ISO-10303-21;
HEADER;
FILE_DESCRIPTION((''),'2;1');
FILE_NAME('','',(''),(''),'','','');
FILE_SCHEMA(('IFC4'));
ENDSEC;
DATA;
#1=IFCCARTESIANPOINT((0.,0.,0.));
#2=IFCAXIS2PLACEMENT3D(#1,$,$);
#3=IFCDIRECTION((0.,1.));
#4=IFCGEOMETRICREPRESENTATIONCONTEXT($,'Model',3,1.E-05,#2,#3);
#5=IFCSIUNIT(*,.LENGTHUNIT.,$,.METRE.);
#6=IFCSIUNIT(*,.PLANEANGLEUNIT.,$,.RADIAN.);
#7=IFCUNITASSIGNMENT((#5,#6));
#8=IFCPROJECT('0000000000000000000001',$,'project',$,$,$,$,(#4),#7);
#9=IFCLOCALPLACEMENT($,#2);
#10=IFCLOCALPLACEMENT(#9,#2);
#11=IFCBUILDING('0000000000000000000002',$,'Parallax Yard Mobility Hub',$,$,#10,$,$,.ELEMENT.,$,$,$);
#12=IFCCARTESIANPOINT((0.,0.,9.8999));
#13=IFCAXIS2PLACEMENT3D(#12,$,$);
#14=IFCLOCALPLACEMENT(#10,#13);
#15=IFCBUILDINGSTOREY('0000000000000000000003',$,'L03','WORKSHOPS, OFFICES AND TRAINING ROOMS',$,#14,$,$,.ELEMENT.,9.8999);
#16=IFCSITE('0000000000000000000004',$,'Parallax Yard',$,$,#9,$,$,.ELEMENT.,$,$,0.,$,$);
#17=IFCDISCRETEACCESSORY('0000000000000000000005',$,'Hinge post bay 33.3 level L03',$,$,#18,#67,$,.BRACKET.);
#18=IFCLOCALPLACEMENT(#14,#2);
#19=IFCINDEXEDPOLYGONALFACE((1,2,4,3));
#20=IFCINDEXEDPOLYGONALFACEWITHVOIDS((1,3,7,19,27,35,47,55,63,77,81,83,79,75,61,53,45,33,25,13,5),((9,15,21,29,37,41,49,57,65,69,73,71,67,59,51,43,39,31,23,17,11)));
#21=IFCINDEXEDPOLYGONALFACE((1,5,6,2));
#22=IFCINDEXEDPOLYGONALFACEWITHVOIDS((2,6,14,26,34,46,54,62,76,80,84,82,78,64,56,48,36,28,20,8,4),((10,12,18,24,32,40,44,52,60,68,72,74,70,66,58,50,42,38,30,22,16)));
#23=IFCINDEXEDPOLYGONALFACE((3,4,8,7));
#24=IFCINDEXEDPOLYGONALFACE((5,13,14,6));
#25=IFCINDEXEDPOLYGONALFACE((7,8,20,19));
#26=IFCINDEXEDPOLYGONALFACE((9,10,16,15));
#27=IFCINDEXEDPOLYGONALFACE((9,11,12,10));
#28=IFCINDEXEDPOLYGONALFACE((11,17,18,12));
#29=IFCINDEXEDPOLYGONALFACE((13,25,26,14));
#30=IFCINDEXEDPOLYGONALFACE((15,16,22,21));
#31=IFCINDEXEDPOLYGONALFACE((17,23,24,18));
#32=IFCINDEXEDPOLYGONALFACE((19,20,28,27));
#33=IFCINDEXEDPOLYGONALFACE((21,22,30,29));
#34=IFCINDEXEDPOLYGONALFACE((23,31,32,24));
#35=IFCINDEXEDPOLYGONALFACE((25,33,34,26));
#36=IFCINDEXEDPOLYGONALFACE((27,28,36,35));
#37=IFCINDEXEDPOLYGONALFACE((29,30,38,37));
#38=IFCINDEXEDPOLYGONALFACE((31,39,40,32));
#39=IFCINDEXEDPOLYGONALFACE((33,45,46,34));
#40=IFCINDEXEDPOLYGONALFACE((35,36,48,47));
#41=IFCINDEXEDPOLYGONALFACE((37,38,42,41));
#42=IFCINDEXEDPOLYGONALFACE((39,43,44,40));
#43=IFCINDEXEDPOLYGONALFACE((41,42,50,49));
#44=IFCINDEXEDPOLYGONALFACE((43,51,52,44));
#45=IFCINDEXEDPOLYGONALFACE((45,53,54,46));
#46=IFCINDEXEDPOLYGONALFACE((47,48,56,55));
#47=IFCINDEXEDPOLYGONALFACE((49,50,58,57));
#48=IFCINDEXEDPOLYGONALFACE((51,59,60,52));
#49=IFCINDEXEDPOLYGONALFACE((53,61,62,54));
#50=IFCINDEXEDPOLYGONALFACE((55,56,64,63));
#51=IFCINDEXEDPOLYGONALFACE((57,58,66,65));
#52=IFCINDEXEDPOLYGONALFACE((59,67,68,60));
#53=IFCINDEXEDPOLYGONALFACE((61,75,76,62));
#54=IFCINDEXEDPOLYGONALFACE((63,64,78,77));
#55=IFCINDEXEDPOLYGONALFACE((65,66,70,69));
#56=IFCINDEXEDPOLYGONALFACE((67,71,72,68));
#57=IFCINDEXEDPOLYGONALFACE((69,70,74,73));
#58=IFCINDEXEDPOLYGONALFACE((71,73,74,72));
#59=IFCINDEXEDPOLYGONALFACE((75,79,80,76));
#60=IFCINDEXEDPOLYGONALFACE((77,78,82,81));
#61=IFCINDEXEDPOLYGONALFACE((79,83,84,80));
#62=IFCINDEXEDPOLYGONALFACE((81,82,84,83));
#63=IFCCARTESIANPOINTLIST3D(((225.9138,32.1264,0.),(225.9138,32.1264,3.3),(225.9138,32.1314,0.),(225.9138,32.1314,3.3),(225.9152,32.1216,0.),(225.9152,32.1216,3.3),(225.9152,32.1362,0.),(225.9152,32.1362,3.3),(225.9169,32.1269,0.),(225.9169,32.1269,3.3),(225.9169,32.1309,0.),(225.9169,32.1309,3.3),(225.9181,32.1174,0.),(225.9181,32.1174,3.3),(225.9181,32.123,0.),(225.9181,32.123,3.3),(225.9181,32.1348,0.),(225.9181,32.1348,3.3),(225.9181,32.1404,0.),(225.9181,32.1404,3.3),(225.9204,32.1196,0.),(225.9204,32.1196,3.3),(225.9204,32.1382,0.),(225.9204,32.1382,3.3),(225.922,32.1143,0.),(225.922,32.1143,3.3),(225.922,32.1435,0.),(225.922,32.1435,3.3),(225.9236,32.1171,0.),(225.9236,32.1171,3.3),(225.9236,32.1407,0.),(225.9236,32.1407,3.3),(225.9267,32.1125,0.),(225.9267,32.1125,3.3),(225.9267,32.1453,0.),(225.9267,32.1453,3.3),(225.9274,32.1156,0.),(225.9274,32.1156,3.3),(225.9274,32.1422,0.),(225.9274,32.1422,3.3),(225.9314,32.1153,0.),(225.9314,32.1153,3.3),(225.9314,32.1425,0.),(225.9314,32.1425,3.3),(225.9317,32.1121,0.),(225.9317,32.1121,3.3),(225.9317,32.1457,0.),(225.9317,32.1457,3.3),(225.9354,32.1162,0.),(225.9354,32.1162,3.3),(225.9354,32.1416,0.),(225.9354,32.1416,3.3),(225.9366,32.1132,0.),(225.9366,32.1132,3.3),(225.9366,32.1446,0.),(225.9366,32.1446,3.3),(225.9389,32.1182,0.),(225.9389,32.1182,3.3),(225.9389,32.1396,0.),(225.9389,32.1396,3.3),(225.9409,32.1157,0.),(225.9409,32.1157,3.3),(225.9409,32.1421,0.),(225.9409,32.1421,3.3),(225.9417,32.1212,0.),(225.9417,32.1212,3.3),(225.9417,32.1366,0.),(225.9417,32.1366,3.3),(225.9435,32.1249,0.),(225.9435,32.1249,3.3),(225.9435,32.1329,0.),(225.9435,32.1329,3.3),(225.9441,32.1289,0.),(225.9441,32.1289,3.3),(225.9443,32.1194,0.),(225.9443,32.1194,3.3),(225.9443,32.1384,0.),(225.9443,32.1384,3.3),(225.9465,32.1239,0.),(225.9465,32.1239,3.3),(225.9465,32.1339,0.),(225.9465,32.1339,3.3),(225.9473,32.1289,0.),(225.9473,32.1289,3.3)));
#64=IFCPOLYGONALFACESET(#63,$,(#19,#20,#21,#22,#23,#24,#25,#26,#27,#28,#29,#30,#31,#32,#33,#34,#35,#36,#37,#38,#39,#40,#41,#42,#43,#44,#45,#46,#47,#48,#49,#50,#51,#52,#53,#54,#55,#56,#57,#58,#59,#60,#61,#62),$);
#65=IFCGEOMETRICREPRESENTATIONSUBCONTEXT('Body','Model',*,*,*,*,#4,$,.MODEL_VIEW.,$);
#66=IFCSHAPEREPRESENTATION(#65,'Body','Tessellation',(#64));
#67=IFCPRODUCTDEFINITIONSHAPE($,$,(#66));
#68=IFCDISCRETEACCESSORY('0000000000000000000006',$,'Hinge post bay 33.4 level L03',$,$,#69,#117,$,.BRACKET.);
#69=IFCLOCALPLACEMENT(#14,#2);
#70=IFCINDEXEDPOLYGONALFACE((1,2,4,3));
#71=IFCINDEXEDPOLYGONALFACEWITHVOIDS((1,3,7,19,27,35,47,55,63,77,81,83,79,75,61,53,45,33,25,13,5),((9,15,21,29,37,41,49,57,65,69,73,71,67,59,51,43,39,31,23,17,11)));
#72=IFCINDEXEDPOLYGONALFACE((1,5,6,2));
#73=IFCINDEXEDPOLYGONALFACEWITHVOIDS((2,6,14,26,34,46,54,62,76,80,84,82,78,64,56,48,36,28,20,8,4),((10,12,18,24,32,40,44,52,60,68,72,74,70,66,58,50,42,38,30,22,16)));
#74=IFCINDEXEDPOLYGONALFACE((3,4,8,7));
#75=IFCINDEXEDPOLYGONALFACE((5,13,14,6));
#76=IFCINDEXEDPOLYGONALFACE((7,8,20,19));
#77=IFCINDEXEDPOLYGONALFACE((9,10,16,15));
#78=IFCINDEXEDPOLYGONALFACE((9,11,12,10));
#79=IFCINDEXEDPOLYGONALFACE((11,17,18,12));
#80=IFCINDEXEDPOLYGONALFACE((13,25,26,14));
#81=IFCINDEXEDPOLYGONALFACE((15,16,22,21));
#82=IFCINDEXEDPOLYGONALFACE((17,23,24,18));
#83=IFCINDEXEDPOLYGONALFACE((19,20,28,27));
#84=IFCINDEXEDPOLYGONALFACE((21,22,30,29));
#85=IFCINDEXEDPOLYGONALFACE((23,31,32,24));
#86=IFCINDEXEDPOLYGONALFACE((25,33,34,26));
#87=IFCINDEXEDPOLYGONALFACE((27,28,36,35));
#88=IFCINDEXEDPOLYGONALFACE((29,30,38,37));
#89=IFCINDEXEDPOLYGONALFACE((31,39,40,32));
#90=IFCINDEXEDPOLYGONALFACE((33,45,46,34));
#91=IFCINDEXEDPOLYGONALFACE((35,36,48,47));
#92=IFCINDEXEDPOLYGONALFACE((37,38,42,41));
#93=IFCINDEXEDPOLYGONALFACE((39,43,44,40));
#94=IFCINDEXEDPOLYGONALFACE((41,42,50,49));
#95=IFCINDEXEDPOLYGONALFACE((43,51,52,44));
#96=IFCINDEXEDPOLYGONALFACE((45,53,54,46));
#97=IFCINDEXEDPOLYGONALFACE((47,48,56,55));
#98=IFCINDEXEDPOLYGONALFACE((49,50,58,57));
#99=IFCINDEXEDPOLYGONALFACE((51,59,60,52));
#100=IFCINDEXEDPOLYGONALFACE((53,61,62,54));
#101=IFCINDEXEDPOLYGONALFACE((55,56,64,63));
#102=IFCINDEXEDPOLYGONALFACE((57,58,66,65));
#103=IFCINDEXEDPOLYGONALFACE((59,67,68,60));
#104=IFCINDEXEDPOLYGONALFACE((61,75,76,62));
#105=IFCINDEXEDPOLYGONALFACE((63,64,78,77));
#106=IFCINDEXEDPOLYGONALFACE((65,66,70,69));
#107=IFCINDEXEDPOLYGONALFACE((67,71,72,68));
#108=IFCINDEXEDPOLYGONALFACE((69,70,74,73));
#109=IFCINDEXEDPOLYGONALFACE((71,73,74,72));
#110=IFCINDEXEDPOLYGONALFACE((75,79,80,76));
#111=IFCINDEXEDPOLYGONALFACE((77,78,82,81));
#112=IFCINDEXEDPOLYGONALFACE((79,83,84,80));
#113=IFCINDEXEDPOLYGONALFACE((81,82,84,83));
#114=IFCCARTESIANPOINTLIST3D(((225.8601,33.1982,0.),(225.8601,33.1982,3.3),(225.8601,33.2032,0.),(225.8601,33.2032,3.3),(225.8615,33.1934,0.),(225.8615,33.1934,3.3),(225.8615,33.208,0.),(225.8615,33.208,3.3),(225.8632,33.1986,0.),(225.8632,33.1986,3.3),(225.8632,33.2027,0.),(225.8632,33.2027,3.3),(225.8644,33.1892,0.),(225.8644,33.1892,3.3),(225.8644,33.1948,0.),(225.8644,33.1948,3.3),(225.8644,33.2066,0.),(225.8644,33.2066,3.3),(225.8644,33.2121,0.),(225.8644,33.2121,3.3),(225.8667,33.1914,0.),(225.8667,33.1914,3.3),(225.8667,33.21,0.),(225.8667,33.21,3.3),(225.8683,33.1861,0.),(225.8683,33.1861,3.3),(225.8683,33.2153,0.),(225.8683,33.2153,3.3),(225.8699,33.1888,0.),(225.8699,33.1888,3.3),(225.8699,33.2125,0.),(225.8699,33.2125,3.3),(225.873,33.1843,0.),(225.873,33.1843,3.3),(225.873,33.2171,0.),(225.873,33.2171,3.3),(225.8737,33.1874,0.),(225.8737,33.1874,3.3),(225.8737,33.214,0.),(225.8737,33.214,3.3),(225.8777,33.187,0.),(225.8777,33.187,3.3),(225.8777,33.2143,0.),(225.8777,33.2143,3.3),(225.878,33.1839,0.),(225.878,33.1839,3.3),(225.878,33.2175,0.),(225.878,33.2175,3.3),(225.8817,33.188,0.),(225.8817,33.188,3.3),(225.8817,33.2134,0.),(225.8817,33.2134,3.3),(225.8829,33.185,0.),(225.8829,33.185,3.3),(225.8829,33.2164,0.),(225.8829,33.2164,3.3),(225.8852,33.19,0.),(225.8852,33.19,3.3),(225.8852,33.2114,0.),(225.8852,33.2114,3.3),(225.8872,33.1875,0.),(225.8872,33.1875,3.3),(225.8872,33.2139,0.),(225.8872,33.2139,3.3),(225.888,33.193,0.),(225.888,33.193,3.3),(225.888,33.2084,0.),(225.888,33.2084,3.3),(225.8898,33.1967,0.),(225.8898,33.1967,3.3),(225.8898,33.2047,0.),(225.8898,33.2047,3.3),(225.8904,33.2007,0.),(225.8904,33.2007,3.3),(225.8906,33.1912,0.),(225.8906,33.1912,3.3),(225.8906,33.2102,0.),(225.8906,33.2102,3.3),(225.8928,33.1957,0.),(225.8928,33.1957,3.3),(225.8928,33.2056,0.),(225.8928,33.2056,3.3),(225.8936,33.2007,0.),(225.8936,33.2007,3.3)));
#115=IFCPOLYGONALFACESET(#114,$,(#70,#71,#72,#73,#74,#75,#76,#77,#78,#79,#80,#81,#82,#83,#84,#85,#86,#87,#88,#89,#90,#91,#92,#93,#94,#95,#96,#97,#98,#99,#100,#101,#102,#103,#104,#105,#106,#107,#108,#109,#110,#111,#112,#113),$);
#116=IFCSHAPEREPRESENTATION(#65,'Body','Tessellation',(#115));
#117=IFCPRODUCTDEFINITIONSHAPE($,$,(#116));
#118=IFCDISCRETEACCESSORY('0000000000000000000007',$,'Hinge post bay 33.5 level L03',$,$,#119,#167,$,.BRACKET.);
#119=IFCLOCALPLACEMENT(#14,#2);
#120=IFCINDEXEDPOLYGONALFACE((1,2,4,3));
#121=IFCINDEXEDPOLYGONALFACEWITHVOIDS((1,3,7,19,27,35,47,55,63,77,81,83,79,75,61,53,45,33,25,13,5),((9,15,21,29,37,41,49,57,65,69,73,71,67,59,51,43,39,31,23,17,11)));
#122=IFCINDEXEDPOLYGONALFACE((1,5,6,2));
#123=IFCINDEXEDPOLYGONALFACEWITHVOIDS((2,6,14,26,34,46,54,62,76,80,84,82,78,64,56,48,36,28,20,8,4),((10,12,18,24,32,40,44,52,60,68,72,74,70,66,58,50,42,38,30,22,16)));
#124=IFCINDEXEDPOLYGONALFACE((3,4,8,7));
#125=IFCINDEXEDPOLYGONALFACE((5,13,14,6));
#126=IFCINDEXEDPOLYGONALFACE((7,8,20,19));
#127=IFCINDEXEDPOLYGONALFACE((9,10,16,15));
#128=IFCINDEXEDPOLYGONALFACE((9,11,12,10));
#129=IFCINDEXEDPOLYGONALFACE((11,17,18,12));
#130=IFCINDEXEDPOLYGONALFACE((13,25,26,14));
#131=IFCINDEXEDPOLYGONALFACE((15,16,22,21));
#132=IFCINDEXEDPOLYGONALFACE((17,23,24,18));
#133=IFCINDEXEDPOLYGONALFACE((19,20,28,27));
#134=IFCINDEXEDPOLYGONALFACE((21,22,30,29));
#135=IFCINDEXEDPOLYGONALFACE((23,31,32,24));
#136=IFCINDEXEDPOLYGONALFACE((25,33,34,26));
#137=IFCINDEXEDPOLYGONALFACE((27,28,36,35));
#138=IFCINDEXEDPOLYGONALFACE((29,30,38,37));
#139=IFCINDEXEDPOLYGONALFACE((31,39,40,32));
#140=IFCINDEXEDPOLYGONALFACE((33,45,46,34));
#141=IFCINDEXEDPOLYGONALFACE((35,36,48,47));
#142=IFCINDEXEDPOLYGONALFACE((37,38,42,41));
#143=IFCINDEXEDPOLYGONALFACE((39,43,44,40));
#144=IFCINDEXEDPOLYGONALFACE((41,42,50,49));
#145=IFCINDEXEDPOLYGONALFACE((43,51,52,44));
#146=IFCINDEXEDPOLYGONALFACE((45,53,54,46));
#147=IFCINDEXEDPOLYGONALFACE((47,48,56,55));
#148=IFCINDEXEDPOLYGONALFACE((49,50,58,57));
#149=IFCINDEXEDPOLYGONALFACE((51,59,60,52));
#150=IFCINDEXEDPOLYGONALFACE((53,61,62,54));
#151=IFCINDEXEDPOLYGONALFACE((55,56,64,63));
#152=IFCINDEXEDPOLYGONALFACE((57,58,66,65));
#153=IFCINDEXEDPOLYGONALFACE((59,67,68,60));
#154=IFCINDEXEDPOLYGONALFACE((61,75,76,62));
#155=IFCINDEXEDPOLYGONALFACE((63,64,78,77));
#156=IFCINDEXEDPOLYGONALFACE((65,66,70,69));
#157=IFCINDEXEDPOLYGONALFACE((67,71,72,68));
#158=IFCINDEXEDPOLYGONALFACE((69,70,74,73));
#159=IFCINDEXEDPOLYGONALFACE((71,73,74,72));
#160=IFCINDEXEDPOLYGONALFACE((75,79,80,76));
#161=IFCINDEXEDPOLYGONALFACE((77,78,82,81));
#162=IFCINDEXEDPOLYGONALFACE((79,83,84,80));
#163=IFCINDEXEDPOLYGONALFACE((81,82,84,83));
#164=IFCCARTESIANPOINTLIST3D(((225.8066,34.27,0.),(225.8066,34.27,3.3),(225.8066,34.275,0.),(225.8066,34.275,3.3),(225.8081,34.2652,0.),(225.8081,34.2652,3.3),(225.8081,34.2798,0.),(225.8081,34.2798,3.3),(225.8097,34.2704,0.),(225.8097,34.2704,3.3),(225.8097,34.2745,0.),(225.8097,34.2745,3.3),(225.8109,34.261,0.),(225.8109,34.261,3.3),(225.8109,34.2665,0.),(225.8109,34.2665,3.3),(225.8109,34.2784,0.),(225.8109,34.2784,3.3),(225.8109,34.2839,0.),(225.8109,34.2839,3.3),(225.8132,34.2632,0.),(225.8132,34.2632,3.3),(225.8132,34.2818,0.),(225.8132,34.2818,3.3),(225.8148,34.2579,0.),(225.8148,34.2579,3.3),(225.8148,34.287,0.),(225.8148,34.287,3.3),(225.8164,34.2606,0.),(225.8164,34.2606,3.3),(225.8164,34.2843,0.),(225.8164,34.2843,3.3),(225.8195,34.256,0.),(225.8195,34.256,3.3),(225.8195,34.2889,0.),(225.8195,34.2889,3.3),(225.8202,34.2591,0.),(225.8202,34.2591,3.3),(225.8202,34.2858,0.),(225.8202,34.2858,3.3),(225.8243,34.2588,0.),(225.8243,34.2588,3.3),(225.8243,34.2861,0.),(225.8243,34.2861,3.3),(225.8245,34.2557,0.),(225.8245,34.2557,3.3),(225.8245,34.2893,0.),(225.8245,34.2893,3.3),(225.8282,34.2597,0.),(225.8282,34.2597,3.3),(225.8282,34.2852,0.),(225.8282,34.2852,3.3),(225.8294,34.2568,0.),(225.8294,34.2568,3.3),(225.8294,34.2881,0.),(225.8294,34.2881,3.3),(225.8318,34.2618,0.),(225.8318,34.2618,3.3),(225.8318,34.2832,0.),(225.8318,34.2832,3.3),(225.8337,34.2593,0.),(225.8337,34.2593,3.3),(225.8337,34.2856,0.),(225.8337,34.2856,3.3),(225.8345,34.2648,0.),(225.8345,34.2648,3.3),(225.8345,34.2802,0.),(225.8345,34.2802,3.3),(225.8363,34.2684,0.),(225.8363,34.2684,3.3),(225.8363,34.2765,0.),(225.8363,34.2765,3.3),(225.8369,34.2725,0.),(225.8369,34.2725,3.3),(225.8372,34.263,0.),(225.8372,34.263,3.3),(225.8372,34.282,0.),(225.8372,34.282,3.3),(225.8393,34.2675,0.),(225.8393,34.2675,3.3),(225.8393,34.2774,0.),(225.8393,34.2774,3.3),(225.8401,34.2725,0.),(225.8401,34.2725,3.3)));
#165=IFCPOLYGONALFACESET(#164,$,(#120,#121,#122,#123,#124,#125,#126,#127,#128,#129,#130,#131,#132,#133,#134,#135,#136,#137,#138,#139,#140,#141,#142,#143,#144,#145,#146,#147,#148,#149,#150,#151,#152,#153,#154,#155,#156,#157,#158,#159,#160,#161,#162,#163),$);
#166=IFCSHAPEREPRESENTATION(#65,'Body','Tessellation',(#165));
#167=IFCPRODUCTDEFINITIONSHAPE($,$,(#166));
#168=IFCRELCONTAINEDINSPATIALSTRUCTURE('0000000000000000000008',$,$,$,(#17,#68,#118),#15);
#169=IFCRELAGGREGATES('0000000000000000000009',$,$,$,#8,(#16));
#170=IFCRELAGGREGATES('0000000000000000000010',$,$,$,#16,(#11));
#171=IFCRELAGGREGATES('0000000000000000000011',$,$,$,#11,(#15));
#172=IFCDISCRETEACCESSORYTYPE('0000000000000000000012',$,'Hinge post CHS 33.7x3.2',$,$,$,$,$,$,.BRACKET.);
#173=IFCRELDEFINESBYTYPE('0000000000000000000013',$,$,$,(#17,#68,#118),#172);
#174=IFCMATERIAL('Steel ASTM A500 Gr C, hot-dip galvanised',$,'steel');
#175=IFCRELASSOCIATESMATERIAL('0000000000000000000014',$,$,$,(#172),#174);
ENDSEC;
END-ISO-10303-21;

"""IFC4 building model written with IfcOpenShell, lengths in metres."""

from ifc_helpers import new_model, si_unit, direction, frame, origin, origin_2d, place, context, subcontext, project, spatial, hollow_circle, extrude, material, material_profile, profile_set, type_object, element, save


model = new_model("IFC4")

# Units and contexts
model_context = context("Model", 3, precision=1e-05, world=origin(), true_north=direction((0.0, 1.0)))
body_context = subcontext(model_context, "Body", "Model", "MODEL_VIEW")
ifc_project = project(units=[si_unit("LENGTHUNIT", "METRE"), si_unit("PLANEANGLEUNIT", "RADIAN")], contexts=[model_context])

# Site, building, storey
site_placement = place(None, origin())
site = spatial("IfcSite", under=ifc_project, at=site_placement, Name="Parallax Yard", CompositionType="ELEMENT", RefElevation=0.0)
building_placement = place(site_placement, origin())
building = spatial("IfcBuilding", under=site, at=building_placement, Name="Parallax Yard Mobility Hub", CompositionType="ELEMENT")
storey_placement = place(building_placement, frame((0.0, 0.0, 9.8999)))
storey = spatial("IfcBuildingStorey", under=building, at=storey_placement, Name="L03", Description="WORKSHOPS, OFFICES AND TRAINING ROOMS", CompositionType="ELEMENT", Elevation=9.8999)

# Discrete accessories
ifc_material_1 = material(Name="Steel ASTM A500 Gr C, hot-dip galvanised", Category="steel")
ifc_material_profile_1 = material_profile(ifc_material_1, hollow_circle(Radius=0.0168, WallThickness=0.0032, at=origin_2d()), Name="CHS 33.7x3.2")
ifc_profile_set_1 = profile_set([ifc_material_profile_1], Name="Steel ASTM A500 Gr C, hot-dip galvanised")
discrete_accessory_type_1 = type_object("IfcDiscreteAccessoryType", Name="Hinge post CHS 33.7x3.2", PredefinedType="BRACKET", material=ifc_profile_set_1)
for number, where, z_axis, x_axis, name in (
    (1, (225.9304, 32.1289, 0.0), (0.0, 0.0, 1.0), (1.0, 0.0, 0.0), "Hinge post bay 33.3 level L03"),
    (2, (225.8767, 33.2007, 0.0), (0.0, 0.0, 1.0), (1.0, 0.0, 0.0), "Hinge post bay 33.4 level L03"),
    (3, (225.8232, 34.2725, 0.0), (0.0, 0.0, 1.0), (1.0, 0.0, 0.0), "Hinge post bay 33.5 level L03"),
):
    element("IfcDiscreteAccessory", number, at=place(storey_placement, frame(where, z_axis=z_axis, x_axis=x_axis)), inside=storey, type_object=discrete_accessory_type_1, Name=name, PredefinedType="BRACKET", context=body_context, shape_type="SweptSolid", body=[
        extrude(hollow_circle(Radius=0.0168, WallThickness=0.0032, at=origin_2d()), origin(), (0.0, 0.0, 1.0), 3.3),
    ])

save(model, "model.ifc")
